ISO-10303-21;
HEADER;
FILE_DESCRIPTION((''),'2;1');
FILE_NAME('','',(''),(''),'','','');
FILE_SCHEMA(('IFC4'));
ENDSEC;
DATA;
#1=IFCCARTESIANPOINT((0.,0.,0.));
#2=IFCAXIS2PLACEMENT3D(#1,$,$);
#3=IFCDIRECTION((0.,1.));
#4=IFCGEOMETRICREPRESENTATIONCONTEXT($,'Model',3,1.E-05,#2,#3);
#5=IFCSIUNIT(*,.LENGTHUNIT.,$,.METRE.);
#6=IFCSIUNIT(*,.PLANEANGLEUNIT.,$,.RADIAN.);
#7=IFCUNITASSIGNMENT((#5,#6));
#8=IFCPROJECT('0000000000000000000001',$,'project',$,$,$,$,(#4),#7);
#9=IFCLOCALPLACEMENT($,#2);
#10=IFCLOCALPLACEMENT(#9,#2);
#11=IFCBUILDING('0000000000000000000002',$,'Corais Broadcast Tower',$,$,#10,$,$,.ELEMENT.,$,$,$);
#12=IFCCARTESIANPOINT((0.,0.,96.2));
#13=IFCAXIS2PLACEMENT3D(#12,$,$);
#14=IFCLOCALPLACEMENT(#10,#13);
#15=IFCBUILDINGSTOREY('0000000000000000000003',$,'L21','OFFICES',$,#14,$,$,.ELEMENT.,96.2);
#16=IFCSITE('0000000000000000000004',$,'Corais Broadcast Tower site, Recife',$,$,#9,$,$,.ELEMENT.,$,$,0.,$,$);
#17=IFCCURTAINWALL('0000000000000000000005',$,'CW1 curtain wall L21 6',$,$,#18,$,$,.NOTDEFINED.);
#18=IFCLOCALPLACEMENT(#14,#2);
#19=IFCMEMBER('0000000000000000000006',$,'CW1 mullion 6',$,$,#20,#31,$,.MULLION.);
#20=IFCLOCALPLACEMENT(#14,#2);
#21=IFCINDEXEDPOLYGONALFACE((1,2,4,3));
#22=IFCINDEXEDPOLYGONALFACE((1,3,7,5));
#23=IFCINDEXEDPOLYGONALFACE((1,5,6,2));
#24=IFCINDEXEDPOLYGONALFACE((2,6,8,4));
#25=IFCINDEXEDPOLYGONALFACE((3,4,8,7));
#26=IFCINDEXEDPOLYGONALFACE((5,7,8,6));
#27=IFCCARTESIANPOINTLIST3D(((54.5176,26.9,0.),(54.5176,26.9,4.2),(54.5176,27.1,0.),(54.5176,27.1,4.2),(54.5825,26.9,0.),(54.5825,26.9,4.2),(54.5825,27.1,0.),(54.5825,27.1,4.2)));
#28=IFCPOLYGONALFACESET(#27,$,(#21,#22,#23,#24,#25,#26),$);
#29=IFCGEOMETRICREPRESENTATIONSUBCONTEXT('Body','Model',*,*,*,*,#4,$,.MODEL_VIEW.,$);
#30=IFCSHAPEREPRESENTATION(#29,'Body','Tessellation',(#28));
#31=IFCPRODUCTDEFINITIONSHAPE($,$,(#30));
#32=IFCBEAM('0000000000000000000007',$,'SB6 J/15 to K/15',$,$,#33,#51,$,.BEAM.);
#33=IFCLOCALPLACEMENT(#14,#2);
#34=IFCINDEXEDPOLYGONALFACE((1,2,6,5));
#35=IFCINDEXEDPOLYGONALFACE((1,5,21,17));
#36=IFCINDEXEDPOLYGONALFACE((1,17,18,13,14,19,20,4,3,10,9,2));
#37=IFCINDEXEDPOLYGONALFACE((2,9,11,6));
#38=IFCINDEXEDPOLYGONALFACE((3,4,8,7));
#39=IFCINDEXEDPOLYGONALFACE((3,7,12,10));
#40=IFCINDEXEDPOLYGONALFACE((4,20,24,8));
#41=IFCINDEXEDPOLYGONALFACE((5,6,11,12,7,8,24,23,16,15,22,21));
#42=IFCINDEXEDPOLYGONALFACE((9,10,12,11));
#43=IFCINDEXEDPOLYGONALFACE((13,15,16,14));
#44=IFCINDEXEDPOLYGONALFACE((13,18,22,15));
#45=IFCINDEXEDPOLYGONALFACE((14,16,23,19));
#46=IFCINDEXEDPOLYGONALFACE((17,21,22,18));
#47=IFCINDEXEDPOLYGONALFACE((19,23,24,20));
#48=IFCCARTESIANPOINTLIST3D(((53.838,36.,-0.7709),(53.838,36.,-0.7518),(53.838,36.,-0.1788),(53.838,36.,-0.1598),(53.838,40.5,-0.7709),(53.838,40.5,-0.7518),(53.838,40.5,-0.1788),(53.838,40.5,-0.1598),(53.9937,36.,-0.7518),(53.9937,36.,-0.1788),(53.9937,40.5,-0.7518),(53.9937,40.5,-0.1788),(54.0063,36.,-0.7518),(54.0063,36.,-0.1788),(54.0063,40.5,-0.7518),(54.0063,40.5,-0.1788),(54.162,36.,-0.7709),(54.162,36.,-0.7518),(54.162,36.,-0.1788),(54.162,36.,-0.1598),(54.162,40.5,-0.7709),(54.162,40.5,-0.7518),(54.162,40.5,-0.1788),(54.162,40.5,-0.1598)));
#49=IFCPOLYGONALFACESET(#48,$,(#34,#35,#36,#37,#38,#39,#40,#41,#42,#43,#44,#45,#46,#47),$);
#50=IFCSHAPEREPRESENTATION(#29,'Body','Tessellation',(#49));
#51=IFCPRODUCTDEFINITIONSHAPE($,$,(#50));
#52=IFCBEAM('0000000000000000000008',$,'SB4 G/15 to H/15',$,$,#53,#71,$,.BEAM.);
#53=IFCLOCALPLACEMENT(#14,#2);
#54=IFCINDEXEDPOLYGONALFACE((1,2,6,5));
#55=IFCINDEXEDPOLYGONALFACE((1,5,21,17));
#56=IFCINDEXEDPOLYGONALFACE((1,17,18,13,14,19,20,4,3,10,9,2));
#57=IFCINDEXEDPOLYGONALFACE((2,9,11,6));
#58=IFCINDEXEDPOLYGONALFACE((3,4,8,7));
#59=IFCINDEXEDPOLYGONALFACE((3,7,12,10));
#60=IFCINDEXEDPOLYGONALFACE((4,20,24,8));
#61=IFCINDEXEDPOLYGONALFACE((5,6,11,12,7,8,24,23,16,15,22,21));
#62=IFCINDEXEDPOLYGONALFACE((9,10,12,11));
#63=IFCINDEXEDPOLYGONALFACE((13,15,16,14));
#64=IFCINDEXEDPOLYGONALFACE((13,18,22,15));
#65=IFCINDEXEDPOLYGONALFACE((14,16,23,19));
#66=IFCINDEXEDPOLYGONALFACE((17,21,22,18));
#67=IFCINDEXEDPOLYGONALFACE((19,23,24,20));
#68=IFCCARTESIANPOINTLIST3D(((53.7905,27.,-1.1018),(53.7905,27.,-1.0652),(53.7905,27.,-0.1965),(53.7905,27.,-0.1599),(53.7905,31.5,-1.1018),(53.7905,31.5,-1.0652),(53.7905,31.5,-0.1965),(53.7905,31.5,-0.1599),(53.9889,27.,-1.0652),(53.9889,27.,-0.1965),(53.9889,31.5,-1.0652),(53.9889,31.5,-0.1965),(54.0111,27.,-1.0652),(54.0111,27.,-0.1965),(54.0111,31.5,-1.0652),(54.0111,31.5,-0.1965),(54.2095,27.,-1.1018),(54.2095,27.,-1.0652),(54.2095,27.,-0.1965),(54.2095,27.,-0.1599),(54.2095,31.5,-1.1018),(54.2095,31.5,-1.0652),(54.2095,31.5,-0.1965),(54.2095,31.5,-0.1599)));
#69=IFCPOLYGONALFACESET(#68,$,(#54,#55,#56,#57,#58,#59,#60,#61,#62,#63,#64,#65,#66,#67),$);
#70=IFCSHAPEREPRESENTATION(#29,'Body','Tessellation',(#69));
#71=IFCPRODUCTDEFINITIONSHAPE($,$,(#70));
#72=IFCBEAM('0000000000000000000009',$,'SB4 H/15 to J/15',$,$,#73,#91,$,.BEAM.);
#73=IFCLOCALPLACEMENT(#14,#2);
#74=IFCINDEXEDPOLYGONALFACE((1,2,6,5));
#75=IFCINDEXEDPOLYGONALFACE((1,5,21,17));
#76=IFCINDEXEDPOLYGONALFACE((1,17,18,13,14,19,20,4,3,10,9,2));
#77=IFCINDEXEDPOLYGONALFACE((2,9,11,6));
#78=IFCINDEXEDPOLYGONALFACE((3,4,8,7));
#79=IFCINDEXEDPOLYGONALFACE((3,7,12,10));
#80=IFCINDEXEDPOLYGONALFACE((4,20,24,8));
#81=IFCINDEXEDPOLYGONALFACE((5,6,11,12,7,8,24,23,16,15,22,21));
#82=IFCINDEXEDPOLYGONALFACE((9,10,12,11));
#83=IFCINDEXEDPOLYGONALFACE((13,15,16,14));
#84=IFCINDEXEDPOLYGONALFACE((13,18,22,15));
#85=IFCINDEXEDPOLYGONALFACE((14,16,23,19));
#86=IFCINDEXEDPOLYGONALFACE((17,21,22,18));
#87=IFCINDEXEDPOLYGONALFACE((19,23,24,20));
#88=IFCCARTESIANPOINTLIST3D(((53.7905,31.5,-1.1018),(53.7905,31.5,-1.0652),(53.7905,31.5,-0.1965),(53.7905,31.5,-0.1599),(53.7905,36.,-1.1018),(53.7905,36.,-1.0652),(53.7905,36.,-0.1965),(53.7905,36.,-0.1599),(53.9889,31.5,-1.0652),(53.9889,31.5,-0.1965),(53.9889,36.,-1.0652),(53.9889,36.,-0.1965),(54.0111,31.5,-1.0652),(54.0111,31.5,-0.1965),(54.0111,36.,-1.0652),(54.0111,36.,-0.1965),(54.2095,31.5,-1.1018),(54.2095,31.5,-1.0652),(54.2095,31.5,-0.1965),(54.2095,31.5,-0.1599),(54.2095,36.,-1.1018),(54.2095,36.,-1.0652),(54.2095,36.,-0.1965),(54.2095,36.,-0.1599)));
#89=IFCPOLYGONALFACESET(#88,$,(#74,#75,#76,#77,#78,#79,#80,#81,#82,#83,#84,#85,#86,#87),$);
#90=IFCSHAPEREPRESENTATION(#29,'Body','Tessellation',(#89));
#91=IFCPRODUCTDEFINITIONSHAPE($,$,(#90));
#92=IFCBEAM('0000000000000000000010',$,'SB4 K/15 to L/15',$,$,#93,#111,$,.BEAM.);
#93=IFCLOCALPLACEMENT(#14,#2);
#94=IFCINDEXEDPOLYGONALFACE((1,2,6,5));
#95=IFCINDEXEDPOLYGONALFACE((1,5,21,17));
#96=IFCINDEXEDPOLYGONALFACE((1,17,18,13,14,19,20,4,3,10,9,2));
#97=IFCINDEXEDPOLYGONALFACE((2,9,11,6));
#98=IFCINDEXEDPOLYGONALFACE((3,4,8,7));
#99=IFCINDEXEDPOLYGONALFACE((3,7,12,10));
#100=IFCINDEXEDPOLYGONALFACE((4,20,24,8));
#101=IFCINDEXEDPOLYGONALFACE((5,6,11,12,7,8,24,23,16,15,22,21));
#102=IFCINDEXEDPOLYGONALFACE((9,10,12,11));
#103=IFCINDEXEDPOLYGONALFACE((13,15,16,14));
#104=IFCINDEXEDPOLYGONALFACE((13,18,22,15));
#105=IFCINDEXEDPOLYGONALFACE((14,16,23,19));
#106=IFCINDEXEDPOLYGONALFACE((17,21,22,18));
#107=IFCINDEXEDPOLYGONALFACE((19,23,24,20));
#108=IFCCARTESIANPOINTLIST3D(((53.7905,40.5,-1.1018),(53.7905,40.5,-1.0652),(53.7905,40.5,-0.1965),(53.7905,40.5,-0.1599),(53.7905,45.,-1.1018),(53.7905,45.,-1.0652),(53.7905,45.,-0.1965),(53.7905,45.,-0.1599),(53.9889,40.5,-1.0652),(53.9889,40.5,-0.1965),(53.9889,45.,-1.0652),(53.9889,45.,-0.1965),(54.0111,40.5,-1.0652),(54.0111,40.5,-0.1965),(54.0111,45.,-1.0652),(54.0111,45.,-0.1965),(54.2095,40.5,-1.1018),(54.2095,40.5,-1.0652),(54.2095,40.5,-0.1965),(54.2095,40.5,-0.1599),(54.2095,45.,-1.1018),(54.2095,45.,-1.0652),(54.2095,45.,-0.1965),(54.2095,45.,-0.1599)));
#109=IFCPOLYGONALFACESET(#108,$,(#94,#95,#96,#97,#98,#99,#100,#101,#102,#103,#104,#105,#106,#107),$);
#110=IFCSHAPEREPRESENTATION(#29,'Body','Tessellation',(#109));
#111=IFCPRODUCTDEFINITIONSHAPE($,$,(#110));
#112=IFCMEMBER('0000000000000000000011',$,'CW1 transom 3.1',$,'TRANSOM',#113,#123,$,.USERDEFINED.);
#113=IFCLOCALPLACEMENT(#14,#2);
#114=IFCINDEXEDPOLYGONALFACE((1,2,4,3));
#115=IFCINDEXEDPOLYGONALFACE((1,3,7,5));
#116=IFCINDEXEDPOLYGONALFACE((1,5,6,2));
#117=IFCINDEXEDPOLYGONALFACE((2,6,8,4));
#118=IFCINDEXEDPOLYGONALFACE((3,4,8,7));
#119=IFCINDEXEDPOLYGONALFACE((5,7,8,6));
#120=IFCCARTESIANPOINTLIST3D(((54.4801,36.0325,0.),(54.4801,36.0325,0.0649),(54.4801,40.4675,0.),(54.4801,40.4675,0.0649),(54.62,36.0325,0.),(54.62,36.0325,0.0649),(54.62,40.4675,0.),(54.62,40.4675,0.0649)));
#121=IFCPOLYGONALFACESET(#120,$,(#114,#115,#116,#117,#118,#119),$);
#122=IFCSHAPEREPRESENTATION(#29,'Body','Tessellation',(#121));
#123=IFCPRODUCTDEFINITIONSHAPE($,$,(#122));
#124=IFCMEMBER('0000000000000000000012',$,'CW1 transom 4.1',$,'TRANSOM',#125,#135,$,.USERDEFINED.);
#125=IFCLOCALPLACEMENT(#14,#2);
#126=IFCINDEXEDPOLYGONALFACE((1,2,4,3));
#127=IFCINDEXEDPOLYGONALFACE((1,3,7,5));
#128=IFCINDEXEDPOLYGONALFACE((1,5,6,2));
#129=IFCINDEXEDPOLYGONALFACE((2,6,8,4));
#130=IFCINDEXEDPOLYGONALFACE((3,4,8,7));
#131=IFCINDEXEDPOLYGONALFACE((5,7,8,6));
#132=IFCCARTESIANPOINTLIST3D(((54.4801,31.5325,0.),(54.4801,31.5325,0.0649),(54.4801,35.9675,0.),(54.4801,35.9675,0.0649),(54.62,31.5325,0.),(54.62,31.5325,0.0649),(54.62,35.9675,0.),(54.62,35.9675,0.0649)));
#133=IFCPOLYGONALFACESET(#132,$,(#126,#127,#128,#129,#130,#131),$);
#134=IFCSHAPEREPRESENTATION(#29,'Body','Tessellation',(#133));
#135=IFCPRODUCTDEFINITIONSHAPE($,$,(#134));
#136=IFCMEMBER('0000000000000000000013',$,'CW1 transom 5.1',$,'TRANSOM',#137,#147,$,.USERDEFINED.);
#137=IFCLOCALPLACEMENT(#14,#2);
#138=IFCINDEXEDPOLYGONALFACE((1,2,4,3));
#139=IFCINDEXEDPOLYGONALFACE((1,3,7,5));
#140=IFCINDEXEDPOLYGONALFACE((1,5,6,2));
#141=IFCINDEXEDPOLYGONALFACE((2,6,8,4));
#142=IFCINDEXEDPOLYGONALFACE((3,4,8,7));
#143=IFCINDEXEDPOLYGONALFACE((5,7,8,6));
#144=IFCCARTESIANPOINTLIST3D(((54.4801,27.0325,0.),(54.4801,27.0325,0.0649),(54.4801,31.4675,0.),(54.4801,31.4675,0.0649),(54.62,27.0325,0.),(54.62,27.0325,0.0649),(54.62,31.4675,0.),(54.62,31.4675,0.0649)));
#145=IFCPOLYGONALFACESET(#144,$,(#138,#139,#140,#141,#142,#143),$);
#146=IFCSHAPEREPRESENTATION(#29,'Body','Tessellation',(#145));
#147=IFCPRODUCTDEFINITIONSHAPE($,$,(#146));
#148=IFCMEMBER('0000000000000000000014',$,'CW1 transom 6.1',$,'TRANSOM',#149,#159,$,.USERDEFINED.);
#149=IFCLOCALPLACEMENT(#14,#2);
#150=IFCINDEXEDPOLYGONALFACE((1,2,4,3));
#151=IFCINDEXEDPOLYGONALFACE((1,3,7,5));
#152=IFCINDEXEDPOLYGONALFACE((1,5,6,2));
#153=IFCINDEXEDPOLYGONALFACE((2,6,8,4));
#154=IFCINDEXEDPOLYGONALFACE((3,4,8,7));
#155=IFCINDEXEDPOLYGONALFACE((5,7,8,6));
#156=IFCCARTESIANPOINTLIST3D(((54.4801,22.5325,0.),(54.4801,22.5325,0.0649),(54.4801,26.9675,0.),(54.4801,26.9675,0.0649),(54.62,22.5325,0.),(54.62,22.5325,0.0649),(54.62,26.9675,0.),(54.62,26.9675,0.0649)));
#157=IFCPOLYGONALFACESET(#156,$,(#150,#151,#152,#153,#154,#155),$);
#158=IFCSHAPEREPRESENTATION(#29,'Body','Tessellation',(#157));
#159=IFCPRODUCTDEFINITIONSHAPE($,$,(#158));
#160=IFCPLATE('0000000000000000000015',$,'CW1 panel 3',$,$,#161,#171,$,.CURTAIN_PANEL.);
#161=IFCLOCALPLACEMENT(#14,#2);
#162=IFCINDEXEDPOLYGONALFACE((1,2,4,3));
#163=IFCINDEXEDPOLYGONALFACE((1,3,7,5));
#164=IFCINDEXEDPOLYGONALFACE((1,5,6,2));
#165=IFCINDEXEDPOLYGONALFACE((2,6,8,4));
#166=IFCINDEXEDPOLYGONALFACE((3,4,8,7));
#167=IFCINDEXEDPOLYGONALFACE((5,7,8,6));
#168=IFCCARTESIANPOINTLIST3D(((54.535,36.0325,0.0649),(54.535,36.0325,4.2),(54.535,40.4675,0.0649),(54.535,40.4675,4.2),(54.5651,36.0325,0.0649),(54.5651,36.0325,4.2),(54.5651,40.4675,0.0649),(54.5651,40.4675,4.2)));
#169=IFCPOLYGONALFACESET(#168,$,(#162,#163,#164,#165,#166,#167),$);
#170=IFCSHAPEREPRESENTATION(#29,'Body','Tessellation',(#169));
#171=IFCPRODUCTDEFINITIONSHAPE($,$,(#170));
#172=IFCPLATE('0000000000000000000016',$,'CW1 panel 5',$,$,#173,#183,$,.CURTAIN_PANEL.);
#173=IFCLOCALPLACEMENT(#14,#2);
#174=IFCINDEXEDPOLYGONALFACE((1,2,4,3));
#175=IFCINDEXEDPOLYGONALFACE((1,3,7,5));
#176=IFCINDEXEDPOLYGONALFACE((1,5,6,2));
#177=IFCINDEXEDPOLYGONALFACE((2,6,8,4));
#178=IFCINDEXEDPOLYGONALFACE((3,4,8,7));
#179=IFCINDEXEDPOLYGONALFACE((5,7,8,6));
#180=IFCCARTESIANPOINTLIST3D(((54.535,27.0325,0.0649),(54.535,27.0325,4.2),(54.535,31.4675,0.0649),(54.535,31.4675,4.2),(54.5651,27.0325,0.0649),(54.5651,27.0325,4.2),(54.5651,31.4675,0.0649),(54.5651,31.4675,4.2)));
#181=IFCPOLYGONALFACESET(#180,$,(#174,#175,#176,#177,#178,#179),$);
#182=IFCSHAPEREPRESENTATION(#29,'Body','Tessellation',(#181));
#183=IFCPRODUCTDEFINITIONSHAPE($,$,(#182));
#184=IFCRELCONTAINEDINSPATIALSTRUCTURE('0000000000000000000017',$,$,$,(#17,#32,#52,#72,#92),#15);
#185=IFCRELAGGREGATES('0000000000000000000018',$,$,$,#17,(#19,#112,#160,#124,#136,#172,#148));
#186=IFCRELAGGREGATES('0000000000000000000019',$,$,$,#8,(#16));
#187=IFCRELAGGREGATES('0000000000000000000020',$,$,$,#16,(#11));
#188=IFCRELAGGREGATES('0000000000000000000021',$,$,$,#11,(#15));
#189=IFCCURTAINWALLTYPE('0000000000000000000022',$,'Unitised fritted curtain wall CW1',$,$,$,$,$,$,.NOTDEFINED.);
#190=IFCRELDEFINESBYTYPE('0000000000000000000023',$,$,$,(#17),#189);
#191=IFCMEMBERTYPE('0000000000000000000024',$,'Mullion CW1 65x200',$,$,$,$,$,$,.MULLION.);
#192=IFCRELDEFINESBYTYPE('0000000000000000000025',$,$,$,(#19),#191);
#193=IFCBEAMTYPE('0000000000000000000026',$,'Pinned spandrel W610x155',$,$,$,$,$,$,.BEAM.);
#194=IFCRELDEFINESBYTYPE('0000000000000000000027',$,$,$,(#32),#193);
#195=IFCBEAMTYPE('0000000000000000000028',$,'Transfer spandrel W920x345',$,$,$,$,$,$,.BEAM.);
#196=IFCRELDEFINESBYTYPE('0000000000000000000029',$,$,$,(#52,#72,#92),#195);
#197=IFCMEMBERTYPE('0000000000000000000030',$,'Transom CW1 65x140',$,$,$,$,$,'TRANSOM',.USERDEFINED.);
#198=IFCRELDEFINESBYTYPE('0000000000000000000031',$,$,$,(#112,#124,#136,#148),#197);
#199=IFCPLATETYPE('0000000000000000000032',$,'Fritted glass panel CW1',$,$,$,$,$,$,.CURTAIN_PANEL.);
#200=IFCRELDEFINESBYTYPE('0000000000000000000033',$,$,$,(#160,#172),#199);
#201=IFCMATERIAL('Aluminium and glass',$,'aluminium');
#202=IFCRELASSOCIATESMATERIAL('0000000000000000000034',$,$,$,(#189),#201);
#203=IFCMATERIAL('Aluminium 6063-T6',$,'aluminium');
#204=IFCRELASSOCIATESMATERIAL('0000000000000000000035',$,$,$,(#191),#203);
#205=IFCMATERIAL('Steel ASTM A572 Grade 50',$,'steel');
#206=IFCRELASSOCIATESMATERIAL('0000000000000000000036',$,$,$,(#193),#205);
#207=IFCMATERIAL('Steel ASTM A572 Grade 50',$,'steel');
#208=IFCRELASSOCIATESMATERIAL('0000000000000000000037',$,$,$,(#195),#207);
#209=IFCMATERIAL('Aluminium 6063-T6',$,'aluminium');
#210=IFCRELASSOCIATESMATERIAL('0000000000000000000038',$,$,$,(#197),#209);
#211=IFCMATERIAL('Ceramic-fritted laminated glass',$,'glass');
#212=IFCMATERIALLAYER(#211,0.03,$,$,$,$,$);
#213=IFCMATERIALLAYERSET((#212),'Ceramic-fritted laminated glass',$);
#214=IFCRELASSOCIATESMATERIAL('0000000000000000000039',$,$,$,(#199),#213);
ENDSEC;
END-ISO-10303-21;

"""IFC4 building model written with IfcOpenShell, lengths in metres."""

from ifc_helpers import new_model, si_unit, direction, frame, origin, origin_2d, place, context, subcontext, project, spatial, rectangle, i_section, extrude, material, layer, layer_set, material_profile, profile_set, type_object, element, aggregate, save


model = new_model("IFC4")

# Units and contexts
model_context = context("Model", 3, precision=1e-05, world=origin(), true_north=direction((0.0, 1.0)))
body_context = subcontext(model_context, "Body", "Model", "MODEL_VIEW")
ifc_project = project(units=[si_unit("LENGTHUNIT", "METRE"), si_unit("PLANEANGLEUNIT", "RADIAN")], contexts=[model_context])

# Site, building, storey
site_placement = place(None, origin())
site = spatial("IfcSite", under=ifc_project, at=site_placement, Name="Corais Broadcast Tower site, Recife", CompositionType="ELEMENT", RefElevation=0.0)
building_placement = place(site_placement, origin())
building = spatial("IfcBuilding", under=site, at=building_placement, Name="Corais Broadcast Tower", CompositionType="ELEMENT")
storey_placement = place(building_placement, frame((0.0, 0.0, 96.2)))
storey = spatial("IfcBuildingStorey", under=building, at=storey_placement, Name="L21", Description="OFFICES", CompositionType="ELEMENT", Elevation=96.2)

# Curtain wall, member
ifc_material_1 = material(Name="Aluminium and glass", Category="aluminium")
curtain_wall_type = type_object("IfcCurtainWallType", Name="Unitised fritted curtain wall CW1", PredefinedType="NOTDEFINED", material=ifc_material_1)
curtain_wall_placement = place(storey_placement, origin())
curtain_wall = element("IfcCurtainWall", 1, at=curtain_wall_placement, inside=storey, type_object=curtain_wall_type, Name="CW1 curtain wall L21 6", PredefinedType="NOTDEFINED")
ifc_material_2 = material(Name="Aluminium 6063-T6", Category="aluminium")
ifc_material_profile_1 = material_profile(ifc_material_2, rectangle(XDim=0.0649, YDim=0.2, at=origin_2d()), Name="Mullion CW1 65x200")
ifc_profile_set_1 = profile_set([ifc_material_profile_1], Name="Aluminium 6063-T6")
member_type_1 = type_object("IfcMemberType", Name="Mullion CW1 65x200", PredefinedType="MULLION", material=ifc_profile_set_1)
member_1_placement = place(storey_placement, frame((54.55, 27.0, 0.0), z_axis=(0.0, 0.0, 1.0), x_axis=(1.0, 0.0, 0.0)))
member_1 = element("IfcMember", 2, at=member_1_placement, type_object=member_type_1, Name="CW1 mullion 6", PredefinedType="MULLION", context=body_context, shape_type="SweptSolid", body=[
    extrude(rectangle(XDim=0.0649, YDim=0.2, at=origin_2d()), origin(), (0.0, 0.0, 1.0), 4.2),
])

# Beams
ifc_material_3 = material(Name="Steel ASTM A572 Grade 50", Category="steel")
ifc_material_profile_2 = material_profile(ifc_material_3, i_section(OverallWidth=0.324, OverallDepth=0.6111, WebThickness=0.0127, FlangeThickness=0.019, at=origin_2d()), Name="W610x155")
ifc_profile_set_2 = profile_set([ifc_material_profile_2], Name="Steel ASTM A572 Grade 50")
beam_type_1 = type_object("IfcBeamType", Name="Pinned spandrel W610x155", PredefinedType="BEAM", material=ifc_profile_set_2)
beam_placement = place(storey_placement, frame((54.0, 36.0, -0.4653), z_axis=(0.0, 1.0, 0.0), x_axis=(-1.0, 0.0, 0.0)))
element("IfcBeam", 3, at=beam_placement, inside=storey, type_object=beam_type_1, Name="SB6 J/15 to K/15", PredefinedType="BEAM", context=body_context, shape_type="SweptSolid", body=[
    extrude(i_section(OverallWidth=0.324, OverallDepth=0.6111, WebThickness=0.0127, FlangeThickness=0.019, at=origin_2d()), origin(), (0.0, 0.0, 1.0), 4.5),
])
ifc_material_4 = material(Name="Steel ASTM A572 Grade 50", Category="steel")
ifc_material_profile_3 = material_profile(ifc_material_4, i_section(OverallWidth=0.4189, OverallDepth=0.9419, WebThickness=0.0222, FlangeThickness=0.0366, at=origin_2d()), Name="W920x345")
ifc_profile_set_3 = profile_set([ifc_material_profile_3], Name="Steel ASTM A572 Grade 50")
beam_type_2 = type_object("IfcBeamType", Name="Transfer spandrel W920x345", PredefinedType="BEAM", material=ifc_profile_set_3)
for number, where, z_axis, x_axis, name in (
    (4, (54.0, 27.0, -0.6309), (0.0, 1.0, 0.0), (-1.0, 0.0, 0.0), "SB4 G/15 to H/15"),
    (5, (54.0, 31.5, -0.6309), (0.0, 1.0, 0.0), (-1.0, 0.0, 0.0), "SB4 H/15 to J/15"),
    (6, (54.0, 40.5, -0.6309), (0.0, 1.0, 0.0), (-1.0, 0.0, 0.0), "SB4 K/15 to L/15"),
):
    element("IfcBeam", number, at=place(storey_placement, frame(where, z_axis=z_axis, x_axis=x_axis)), inside=storey, type_object=beam_type_2, Name=name, PredefinedType="BEAM", context=body_context, shape_type="SweptSolid", body=[
        extrude(i_section(OverallWidth=0.4189, OverallDepth=0.9419, WebThickness=0.0222, FlangeThickness=0.0366, at=origin_2d()), origin(), (0.0, 0.0, 1.0), 4.5),
    ])

# Members
ifc_material_5 = material(Name="Aluminium 6063-T6", Category="aluminium")
ifc_material_profile_4 = material_profile(ifc_material_5, rectangle(XDim=0.1399, YDim=0.0649, at=origin_2d()), Name="Transom CW1 65x140")
ifc_profile_set_4 = profile_set([ifc_material_profile_4], Name="Aluminium 6063-T6")
member_type_2 = type_object("IfcMemberType", Name="Transom CW1 65x140", ElementType="TRANSOM", PredefinedType="USERDEFINED", material=ifc_profile_set_4)
member_2_placement = place(storey_placement, frame((54.55, 40.4675, 0.0325), z_axis=(0.0, -1.0, 0.0), x_axis=(1.0, 0.0, 0.0)))
member_2 = element("IfcMember", 7, at=member_2_placement, type_object=member_type_2, Name="CW1 transom 3.1", ObjectType="TRANSOM", PredefinedType="USERDEFINED", context=body_context, shape_type="SweptSolid", body=[
    extrude(rectangle(XDim=0.1399, YDim=0.0649, at=origin_2d()), origin(), (0.0, 0.0, 1.0), 4.4351),
])
member_3_placement = place(storey_placement, frame((54.55, 35.9675, 0.0325), z_axis=(0.0, -1.0, 0.0), x_axis=(1.0, 0.0, 0.0)))
member_3 = element("IfcMember", 8, at=member_3_placement, type_object=member_type_2, Name="CW1 transom 4.1", ObjectType="TRANSOM", PredefinedType="USERDEFINED", context=body_context, shape_type="SweptSolid", body=[
    extrude(rectangle(XDim=0.1399, YDim=0.0649, at=origin_2d()), origin(), (0.0, 0.0, 1.0), 4.4351),
])
member_4_placement = place(storey_placement, frame((54.55, 31.4675, 0.0325), z_axis=(0.0, -1.0, 0.0), x_axis=(1.0, 0.0, 0.0)))
member_4 = element("IfcMember", 9, at=member_4_placement, type_object=member_type_2, Name="CW1 transom 5.1", ObjectType="TRANSOM", PredefinedType="USERDEFINED", context=body_context, shape_type="SweptSolid", body=[
    extrude(rectangle(XDim=0.1399, YDim=0.0649, at=origin_2d()), origin(), (0.0, 0.0, 1.0), 4.4351),
])
member_5_placement = place(storey_placement, frame((54.55, 26.9675, 0.0325), z_axis=(0.0, -1.0, 0.0), x_axis=(1.0, 0.0, 0.0)))
member_5 = element("IfcMember", 10, at=member_5_placement, type_object=member_type_2, Name="CW1 transom 6.1", ObjectType="TRANSOM", PredefinedType="USERDEFINED", context=body_context, shape_type="SweptSolid", body=[
    extrude(rectangle(XDim=0.1399, YDim=0.0649, at=origin_2d()), origin(), (0.0, 0.0, 1.0), 4.4351),
])

# Plates
ifc_material_6 = material(Name="Ceramic-fritted laminated glass", Category="glass")
ifc_layer_1 = layer(ifc_material_6, 0.03)
ifc_layer_set_1 = layer_set([ifc_layer_1], Name="Ceramic-fritted laminated glass")
plate_type_1 = type_object("IfcPlateType", Name="Fritted glass panel CW1", PredefinedType="CURTAIN_PANEL", material=ifc_layer_set_1)
plate_1_placement = place(storey_placement, frame((54.55, 38.25, 0.0649), z_axis=(0.0, 0.0, 1.0), x_axis=(0.0, -1.0, 0.0)))
plate_1 = element("IfcPlate", 11, at=plate_1_placement, type_object=plate_type_1, Name="CW1 panel 3", PredefinedType="CURTAIN_PANEL", context=body_context, shape_type="SweptSolid", body=[
    extrude(rectangle(XDim=4.4351, YDim=0.03, at=origin_2d()), origin(), (0.0, 0.0, 1.0), 4.135),
])
plate_2_placement = place(storey_placement, frame((54.55, 29.25, 0.0649), z_axis=(0.0, 0.0, 1.0), x_axis=(0.0, -1.0, 0.0)))
plate_2 = element("IfcPlate", 12, at=plate_2_placement, type_object=plate_type_1, Name="CW1 panel 5", PredefinedType="CURTAIN_PANEL", context=body_context, shape_type="SweptSolid", body=[
    extrude(rectangle(XDim=4.4351, YDim=0.03, at=origin_2d()), origin(), (0.0, 0.0, 1.0), 4.135),
])
aggregate(curtain_wall, [member_1, member_2, plate_1, member_3, member_4, plate_2, member_5])

save(model, "model.ifc")
